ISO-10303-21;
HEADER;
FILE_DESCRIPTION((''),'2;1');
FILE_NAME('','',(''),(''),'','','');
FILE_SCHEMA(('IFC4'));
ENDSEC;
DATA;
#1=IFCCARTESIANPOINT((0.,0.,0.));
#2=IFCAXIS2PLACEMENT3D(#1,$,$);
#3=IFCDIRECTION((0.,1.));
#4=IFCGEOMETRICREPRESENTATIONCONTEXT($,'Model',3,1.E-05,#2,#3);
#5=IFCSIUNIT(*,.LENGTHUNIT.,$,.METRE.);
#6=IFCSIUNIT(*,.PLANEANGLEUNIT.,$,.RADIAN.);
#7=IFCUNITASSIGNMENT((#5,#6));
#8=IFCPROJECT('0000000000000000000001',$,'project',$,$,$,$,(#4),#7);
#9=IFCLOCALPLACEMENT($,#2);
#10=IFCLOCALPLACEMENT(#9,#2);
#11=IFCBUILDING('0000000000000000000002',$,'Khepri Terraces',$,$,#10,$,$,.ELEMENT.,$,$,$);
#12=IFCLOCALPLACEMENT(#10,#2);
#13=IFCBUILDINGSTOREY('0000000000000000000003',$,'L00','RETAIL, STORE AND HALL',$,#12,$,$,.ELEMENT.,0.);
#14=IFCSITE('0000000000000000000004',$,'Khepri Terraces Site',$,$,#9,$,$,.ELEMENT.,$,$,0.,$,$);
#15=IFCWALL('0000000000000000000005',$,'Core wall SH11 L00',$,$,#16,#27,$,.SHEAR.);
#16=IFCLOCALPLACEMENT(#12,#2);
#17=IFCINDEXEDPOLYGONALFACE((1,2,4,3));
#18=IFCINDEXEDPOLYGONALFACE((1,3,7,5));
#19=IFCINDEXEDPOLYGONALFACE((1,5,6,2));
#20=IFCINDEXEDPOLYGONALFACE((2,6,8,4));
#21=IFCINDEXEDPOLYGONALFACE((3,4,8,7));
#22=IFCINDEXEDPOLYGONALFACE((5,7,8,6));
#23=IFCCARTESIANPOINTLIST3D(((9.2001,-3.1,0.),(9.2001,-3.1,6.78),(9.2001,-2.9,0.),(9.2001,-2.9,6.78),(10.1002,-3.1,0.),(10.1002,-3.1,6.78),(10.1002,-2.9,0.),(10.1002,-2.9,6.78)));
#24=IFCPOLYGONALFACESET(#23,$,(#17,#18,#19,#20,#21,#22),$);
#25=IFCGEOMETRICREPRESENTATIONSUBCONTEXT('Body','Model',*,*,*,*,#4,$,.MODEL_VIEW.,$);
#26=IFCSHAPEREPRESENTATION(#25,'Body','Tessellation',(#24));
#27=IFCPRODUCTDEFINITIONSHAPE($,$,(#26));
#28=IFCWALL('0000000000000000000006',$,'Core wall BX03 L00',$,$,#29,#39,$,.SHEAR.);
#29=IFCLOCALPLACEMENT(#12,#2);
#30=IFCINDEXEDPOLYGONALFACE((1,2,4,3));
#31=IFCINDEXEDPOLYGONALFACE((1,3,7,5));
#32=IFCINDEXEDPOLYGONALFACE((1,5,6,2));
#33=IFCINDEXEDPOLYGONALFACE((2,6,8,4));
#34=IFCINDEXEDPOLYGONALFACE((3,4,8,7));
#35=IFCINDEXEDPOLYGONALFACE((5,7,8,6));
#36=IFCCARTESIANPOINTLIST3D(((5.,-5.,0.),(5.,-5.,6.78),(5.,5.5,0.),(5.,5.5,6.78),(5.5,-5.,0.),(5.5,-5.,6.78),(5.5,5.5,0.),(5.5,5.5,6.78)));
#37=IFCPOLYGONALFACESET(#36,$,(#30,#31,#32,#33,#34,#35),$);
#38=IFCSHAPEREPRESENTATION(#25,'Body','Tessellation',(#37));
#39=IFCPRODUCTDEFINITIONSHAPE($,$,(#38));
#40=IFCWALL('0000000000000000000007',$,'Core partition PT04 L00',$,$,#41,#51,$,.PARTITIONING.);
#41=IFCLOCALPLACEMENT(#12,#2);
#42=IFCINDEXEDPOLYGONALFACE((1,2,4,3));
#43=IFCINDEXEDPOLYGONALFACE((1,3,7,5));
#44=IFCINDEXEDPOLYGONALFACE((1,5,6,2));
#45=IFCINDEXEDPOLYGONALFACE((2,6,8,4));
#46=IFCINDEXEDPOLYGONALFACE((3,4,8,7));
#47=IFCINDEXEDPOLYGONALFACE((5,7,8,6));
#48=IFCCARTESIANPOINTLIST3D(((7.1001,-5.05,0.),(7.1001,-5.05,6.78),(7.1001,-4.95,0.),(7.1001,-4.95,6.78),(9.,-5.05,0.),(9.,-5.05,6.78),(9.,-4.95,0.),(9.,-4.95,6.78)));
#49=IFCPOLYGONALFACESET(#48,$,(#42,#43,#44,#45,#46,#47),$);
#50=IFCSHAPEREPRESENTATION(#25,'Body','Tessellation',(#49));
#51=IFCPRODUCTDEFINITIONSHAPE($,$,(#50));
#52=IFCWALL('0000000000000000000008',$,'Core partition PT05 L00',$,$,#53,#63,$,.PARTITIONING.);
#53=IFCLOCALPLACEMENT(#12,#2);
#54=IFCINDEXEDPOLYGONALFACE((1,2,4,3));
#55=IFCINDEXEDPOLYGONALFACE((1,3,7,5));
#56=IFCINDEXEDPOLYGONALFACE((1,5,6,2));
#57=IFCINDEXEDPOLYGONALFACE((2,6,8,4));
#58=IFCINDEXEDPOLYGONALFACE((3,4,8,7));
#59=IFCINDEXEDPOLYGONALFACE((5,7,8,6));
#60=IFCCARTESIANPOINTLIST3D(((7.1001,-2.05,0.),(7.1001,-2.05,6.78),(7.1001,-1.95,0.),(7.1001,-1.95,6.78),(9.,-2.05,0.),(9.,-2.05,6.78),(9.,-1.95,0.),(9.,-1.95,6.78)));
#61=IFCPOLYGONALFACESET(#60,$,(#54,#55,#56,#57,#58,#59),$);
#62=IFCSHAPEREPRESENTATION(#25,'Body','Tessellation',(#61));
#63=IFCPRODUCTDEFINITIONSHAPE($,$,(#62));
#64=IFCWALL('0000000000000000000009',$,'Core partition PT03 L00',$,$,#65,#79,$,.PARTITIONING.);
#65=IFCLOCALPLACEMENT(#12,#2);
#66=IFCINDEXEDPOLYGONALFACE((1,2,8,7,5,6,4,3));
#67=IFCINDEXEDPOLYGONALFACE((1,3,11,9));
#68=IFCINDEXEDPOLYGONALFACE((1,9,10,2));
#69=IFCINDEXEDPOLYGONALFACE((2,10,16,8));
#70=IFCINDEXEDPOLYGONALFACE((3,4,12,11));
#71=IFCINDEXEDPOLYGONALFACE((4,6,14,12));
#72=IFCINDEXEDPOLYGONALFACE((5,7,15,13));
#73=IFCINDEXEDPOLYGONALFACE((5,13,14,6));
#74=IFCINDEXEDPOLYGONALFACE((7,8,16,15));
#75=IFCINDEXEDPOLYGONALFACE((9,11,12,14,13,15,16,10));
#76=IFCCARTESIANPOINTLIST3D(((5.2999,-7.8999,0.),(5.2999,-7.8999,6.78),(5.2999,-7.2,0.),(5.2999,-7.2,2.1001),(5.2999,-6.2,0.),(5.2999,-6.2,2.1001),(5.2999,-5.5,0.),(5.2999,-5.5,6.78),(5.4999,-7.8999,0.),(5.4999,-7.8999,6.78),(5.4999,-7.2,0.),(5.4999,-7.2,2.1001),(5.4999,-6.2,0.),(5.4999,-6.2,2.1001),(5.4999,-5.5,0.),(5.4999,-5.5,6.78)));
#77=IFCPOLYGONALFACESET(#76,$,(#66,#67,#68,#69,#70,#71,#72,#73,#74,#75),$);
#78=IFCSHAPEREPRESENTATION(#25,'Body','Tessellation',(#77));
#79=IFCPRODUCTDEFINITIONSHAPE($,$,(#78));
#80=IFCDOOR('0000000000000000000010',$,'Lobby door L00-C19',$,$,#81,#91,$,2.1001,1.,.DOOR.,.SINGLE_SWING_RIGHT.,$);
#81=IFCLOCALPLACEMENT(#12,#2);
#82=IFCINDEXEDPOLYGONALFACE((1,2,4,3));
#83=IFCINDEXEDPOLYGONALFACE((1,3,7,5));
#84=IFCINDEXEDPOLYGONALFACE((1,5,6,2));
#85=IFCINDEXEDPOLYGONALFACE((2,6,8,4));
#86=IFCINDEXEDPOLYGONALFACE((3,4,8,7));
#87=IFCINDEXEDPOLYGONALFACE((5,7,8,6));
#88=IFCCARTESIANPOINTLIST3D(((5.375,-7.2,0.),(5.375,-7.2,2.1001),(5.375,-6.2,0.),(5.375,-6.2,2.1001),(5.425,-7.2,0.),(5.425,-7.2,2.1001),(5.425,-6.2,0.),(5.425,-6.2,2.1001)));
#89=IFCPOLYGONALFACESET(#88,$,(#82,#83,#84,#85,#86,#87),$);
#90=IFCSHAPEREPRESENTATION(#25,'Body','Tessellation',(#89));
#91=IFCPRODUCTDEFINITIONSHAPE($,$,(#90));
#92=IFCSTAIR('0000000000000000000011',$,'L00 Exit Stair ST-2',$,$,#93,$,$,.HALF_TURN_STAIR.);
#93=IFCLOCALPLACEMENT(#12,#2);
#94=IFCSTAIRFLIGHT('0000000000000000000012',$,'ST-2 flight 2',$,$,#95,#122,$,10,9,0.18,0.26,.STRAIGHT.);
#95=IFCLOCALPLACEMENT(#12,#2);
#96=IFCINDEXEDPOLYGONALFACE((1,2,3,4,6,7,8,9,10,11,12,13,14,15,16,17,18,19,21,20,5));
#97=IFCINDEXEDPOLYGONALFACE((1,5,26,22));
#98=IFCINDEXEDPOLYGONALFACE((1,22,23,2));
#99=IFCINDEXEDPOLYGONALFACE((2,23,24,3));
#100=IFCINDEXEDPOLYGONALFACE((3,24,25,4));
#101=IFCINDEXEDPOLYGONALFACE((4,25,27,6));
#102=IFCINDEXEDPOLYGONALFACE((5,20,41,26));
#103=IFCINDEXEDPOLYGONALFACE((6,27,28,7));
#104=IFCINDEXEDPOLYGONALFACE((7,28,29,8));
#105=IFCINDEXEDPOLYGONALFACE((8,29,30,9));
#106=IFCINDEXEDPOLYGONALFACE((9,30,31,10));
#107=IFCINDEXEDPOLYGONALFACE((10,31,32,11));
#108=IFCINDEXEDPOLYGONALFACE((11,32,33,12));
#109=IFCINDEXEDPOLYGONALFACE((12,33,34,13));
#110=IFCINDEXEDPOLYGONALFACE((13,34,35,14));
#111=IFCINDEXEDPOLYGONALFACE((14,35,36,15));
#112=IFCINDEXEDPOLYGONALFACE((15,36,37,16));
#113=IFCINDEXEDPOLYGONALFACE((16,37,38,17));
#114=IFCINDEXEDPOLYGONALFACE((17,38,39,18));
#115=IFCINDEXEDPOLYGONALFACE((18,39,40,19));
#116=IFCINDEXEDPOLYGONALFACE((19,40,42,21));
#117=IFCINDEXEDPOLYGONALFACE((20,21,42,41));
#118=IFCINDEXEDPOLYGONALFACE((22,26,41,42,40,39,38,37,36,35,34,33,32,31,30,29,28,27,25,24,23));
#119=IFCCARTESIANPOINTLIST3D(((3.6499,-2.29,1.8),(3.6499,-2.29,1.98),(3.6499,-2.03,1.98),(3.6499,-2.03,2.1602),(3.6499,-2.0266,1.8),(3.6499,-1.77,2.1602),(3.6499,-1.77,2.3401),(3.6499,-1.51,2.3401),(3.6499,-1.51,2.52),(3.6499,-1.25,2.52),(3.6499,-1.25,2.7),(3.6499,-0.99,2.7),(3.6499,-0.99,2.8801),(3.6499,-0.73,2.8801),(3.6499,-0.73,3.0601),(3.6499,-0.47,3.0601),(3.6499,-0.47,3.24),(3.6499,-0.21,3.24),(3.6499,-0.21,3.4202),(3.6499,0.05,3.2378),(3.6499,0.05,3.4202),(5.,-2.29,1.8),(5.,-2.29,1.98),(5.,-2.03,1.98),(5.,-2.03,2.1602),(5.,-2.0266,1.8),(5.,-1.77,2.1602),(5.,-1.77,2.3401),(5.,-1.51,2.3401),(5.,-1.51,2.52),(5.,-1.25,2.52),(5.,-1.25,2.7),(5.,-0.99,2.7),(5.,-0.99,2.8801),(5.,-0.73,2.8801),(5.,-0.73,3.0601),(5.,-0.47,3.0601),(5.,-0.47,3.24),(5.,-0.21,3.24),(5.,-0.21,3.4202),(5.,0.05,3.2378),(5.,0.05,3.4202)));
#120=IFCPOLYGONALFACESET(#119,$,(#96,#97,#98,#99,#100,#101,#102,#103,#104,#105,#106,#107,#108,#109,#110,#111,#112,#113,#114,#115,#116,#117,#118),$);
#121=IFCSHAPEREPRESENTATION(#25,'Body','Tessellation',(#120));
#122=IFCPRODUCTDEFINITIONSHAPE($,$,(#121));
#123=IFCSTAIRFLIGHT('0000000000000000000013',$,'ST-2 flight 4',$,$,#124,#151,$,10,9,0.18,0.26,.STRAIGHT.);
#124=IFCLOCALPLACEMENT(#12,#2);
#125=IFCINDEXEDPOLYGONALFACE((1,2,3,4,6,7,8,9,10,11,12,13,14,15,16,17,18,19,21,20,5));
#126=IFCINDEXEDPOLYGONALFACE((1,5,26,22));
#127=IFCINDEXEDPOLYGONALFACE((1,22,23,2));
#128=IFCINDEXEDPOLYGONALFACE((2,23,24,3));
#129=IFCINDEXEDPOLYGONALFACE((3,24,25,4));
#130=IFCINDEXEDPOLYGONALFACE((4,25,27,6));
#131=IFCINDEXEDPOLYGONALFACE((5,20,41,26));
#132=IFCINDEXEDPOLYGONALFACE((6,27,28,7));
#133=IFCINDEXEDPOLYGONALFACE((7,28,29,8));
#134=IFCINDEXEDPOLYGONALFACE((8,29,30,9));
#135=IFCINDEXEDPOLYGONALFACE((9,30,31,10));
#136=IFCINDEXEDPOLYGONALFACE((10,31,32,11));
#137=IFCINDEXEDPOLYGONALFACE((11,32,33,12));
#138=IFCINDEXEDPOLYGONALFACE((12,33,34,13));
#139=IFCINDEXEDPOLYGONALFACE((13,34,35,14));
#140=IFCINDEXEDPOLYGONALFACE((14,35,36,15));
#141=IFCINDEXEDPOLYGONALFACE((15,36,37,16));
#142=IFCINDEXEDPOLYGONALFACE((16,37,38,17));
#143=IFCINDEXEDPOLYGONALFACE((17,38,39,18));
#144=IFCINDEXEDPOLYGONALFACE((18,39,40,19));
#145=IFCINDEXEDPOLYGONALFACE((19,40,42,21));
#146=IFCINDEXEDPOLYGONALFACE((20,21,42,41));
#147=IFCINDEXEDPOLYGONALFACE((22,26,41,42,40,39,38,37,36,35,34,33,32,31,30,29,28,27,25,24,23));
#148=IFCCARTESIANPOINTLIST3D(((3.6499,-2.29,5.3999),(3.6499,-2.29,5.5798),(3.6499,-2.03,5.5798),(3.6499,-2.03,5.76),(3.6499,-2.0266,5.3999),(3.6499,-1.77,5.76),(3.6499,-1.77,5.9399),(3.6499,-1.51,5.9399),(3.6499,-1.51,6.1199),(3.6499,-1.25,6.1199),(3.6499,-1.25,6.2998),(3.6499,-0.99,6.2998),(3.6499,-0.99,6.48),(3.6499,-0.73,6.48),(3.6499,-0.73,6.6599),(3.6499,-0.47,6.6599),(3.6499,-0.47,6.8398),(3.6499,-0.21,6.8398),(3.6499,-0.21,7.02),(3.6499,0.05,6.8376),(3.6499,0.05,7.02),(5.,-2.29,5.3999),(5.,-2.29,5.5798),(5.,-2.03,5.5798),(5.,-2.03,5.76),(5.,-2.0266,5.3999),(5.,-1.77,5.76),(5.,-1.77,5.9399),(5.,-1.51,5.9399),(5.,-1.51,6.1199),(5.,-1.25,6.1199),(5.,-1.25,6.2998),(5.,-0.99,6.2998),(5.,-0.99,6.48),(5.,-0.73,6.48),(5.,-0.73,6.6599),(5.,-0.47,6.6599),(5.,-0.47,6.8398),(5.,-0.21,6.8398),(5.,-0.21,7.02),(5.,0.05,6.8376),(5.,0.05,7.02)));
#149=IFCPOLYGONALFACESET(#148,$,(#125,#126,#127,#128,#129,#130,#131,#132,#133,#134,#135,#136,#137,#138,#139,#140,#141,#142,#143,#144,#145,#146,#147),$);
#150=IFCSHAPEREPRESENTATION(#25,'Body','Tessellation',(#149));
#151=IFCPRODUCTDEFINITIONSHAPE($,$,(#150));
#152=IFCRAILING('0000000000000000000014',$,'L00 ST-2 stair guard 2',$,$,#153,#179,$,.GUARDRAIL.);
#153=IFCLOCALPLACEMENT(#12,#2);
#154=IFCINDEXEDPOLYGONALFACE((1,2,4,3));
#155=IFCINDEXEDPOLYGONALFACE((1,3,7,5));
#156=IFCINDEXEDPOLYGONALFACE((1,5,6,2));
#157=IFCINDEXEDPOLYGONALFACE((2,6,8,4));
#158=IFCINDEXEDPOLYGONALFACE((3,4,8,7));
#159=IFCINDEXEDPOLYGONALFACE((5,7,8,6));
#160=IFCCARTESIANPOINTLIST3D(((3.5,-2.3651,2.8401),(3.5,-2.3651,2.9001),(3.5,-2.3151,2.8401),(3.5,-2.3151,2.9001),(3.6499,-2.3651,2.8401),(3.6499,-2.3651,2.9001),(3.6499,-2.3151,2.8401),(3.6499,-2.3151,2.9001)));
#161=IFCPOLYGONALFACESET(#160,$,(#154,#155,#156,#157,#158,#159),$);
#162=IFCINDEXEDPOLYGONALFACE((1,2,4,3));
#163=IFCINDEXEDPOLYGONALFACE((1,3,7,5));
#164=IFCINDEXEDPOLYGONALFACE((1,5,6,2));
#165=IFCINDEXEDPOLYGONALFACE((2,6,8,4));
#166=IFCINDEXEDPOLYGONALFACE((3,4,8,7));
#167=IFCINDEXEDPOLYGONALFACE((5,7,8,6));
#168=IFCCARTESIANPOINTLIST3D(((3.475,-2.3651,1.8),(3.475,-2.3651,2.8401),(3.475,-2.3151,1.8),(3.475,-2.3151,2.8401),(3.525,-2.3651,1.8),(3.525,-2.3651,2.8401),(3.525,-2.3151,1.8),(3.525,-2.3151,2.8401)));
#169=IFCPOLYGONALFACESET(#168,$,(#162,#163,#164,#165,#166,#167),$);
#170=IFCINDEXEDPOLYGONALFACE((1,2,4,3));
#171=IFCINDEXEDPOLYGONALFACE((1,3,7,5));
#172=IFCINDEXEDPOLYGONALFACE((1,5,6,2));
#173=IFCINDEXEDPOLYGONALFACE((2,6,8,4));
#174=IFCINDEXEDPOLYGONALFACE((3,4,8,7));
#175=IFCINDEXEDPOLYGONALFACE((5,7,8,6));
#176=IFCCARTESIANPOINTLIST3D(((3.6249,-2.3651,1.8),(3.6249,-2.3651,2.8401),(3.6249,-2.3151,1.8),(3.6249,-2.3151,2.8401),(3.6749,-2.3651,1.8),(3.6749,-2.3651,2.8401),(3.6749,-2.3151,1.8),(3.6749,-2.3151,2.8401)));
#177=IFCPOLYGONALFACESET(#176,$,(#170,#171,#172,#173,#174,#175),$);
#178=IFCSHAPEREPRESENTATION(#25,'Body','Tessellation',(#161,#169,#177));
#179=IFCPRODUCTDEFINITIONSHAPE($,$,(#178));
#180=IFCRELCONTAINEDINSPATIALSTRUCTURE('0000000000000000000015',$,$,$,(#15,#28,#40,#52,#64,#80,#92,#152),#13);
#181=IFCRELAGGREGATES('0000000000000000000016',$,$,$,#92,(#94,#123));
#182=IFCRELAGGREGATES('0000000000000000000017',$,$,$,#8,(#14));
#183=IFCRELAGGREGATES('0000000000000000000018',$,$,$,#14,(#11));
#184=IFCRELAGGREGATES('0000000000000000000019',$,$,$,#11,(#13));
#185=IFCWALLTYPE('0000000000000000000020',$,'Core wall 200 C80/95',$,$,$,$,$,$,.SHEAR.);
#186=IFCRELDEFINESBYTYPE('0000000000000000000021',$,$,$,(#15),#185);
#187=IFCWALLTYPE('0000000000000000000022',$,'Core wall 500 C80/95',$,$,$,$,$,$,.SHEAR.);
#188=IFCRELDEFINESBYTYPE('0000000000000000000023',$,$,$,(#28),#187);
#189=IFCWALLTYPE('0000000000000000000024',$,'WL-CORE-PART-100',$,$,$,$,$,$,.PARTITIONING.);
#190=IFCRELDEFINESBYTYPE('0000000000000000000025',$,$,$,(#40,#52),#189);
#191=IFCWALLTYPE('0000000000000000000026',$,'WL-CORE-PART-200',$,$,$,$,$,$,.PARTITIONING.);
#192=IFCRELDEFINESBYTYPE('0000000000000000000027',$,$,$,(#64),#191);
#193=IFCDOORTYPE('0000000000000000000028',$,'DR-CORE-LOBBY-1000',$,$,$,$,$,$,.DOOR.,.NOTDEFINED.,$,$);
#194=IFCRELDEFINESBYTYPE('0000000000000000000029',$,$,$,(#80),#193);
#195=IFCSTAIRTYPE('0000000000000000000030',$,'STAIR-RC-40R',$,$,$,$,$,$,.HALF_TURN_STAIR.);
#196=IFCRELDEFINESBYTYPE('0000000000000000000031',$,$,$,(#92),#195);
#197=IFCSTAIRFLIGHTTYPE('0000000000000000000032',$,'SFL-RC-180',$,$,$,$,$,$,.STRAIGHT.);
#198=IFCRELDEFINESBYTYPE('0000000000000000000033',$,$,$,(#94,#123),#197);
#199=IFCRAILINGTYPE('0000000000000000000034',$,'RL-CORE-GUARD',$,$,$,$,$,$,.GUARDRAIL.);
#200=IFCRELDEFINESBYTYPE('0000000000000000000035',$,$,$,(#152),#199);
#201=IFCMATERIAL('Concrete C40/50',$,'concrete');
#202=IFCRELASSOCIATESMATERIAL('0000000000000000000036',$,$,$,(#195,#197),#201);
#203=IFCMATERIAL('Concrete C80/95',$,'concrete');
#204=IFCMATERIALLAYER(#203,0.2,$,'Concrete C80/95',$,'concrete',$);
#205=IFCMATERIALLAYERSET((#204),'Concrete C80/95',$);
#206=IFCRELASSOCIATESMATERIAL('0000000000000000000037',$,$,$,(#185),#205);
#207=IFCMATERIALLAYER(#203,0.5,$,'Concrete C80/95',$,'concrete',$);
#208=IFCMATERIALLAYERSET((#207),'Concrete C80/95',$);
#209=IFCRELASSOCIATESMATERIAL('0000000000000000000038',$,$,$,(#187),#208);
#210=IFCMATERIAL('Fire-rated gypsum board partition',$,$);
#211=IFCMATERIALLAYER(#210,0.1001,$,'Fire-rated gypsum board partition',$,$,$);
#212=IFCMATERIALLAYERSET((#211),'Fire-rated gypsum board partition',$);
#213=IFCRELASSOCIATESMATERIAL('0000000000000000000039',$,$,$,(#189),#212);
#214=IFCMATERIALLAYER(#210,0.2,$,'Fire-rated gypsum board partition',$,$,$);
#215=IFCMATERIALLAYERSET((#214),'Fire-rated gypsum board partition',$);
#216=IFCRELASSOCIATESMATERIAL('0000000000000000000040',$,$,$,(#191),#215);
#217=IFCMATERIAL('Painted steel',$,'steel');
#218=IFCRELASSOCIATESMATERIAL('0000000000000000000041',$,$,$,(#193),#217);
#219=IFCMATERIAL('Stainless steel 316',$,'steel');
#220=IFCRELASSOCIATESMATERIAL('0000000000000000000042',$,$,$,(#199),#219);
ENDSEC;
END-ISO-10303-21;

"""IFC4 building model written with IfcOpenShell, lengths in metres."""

from ifc_helpers import new_model, si_unit, direction, frame, frame_2d, origin, origin_2d, place, context, subcontext, project, spatial, polyline, rectangle, outline, extrude, material, layer, layer_set, type_object, element, fill, aggregate, save


model = new_model("IFC4")

# Units and contexts
model_context = context("Model", 3, precision=1e-05, world=origin(), true_north=direction((0.0, 1.0)))
body_context = subcontext(model_context, "Body", "Model", "MODEL_VIEW")
ifc_project = project(units=[si_unit("LENGTHUNIT", "METRE"), si_unit("PLANEANGLEUNIT", "RADIAN")], contexts=[model_context])

# Site, building, storey
site_placement = place(None, origin())
site = spatial("IfcSite", under=ifc_project, at=site_placement, Name="Khepri Terraces Site", CompositionType="ELEMENT", RefElevation=0.0)
building_placement = place(site_placement, origin())
building = spatial("IfcBuilding", under=site, at=building_placement, Name="Khepri Terraces", CompositionType="ELEMENT")
storey_placement = place(building_placement, origin())
storey = spatial("IfcBuildingStorey", under=building, at=storey_placement, Name="L00", Description="RETAIL, STORE AND HALL", CompositionType="ELEMENT", Elevation=0.0)

# Shared definitions
ifc_material_1 = material(Name="Concrete C40/50", Category="concrete")

# Shared definitions
stair_type = type_object("IfcStairType", Name="STAIR-RC-40R", PredefinedType="HALF_TURN_STAIR", material=ifc_material_1)

# Shared definitions
ifc_material_2 = material(Name="Concrete C80/95", Category="concrete")
ifc_layer_1 = layer(ifc_material_2, 0.2, Name="Concrete C80/95", Category="concrete")
ifc_layer_set_1 = layer_set([ifc_layer_1], Name="Concrete C80/95")
wall_type_1 = type_object("IfcWallType", Name="Core wall 200 C80/95", PredefinedType="SHEAR", material=ifc_layer_set_1)
ifc_material_3 = material(Name="Painted steel", Category="steel")

# Walls
wall_1_placement = place(storey_placement, frame((9.2, -3.0, 0.0), z_axis=(0.0, 0.0, 1.0), x_axis=(1.0, 0.0, 0.0)))
element("IfcWall", 1, at=wall_1_placement, inside=storey, type_object=wall_type_1, Name="Core wall SH11 L00", PredefinedType="SHEAR", context=body_context, shape_type="SweptSolid", body=[
    extrude(rectangle(XDim=0.9001, YDim=0.2, at=frame_2d((0.4502, 0.0))), origin(), (0.0, 0.0, 1.0), 6.78),
])
ifc_layer_2 = layer(ifc_material_2, 0.5, Name="Concrete C80/95", Category="concrete")
ifc_layer_set_2 = layer_set([ifc_layer_2], Name="Concrete C80/95")
wall_type_2 = type_object("IfcWallType", Name="Core wall 500 C80/95", PredefinedType="SHEAR", material=ifc_layer_set_2)
wall_2_placement = place(storey_placement, frame((5.25, -5.0, 0.0), z_axis=(0.0, 0.0, 1.0), x_axis=(0.0, 1.0, 0.0)))
element("IfcWall", 2, at=wall_2_placement, inside=storey, type_object=wall_type_2, Name="Core wall BX03 L00", PredefinedType="SHEAR", context=body_context, shape_type="SweptSolid", body=[
    extrude(rectangle(XDim=10.5, YDim=0.5, at=frame_2d((5.25, 0.0))), origin(), (0.0, 0.0, 1.0), 6.78),
])
ifc_material_4 = material(Name="Fire-rated gypsum board partition")
ifc_layer_3 = layer(ifc_material_4, 0.1001, Name="Fire-rated gypsum board partition")
ifc_layer_set_3 = layer_set([ifc_layer_3], Name="Fire-rated gypsum board partition")
wall_type_3 = type_object("IfcWallType", Name="WL-CORE-PART-100", PredefinedType="PARTITIONING", material=ifc_layer_set_3)
for number, where, z_axis, x_axis, name in (
    (3, (7.1001, -5.0, 0.0), (0.0, 0.0, 1.0), (1.0, 0.0, 0.0), "Core partition PT04 L00"),
    (4, (7.1001, -2.0, 0.0), (0.0, 0.0, 1.0), (1.0, 0.0, 0.0), "Core partition PT05 L00"),
):
    element("IfcWall", number, at=place(storey_placement, frame(where, z_axis=z_axis, x_axis=x_axis)), inside=storey, type_object=wall_type_3, Name=name, PredefinedType="PARTITIONING", context=body_context, shape_type="SweptSolid", body=[
        extrude(rectangle(XDim=1.8999, YDim=0.1001, at=frame_2d((0.95, 0.0))), origin(), (0.0, 0.0, 1.0), 6.78),
    ])

# Wall, opening, door
ifc_layer_4 = layer(ifc_material_4, 0.2, Name="Fire-rated gypsum board partition")
ifc_layer_set_4 = layer_set([ifc_layer_4], Name="Fire-rated gypsum board partition")
wall_type_4 = type_object("IfcWallType", Name="WL-CORE-PART-200", PredefinedType="PARTITIONING", material=ifc_layer_set_4)
wall_3_placement = place(storey_placement, frame((5.3999, -7.8999, 0.0), z_axis=(0.0, 0.0, 1.0), x_axis=(0.0, 1.0, 0.0)))
wall_3 = element("IfcWall", 5, at=wall_3_placement, inside=storey, type_object=wall_type_4, Name="Core partition PT03 L00", PredefinedType="PARTITIONING", context=body_context, shape_type="SweptSolid", body=[
    extrude(rectangle(XDim=2.3999, YDim=0.2, at=frame_2d((1.2, 0.0))), origin(), (0.0, 0.0, 1.0), 6.78),
])
opening_1_placement = place(wall_3_placement, frame((0.7, 0.0, 0.0)))
opening_1 = element("IfcOpeningElement", 6, at=opening_1_placement, cuts=wall_3, PredefinedType="OPENING", context=body_context, shape_type="SweptSolid", body=[
    extrude(rectangle(XDim=1.0, YDim=2.1001, at=frame_2d((0.5, 1.05))), frame((0.0, 0.1099, 0.0), z_axis=(0.0, -1.0, 0.0), x_axis=(1.0, 0.0, 0.0)), (0.0, 0.0, 1.0), 0.22),
])
door_type_1 = type_object("IfcDoorType", Name="DR-CORE-LOBBY-1000", OperationType="NOTDEFINED", PredefinedType="DOOR", material=ifc_material_3)
door_1_placement = place(opening_1_placement, origin())
door_1 = element("IfcDoor", 7, at=door_1_placement, inside=storey, type_object=door_type_1, Name="Lobby door L00-C19", OperationType="SINGLE_SWING_RIGHT", OverallHeight=2.1001, OverallWidth=1.0, PredefinedType="DOOR", context=body_context, shape_type="SweptSolid", body=[
    extrude(rectangle(XDim=1.0, YDim=2.1001, at=frame_2d((0.5, 1.05))), frame((0.0, 0.0249, 0.0), z_axis=(0.0, -1.0, 0.0), x_axis=(1.0, 0.0, 0.0)), (0.0, 0.0, 1.0), 0.05),
])
fill(opening_1, door_1)

# Stair, stair flights
stair_1_placement = place(storey_placement, origin())
stair_1 = element("IfcStair", 8, at=stair_1_placement, inside=storey, type_object=stair_type, Name="L00 Exit Stair ST-2", PredefinedType="HALF_TURN_STAIR")
stair_flight_type = type_object("IfcStairFlightType", Name="SFL-RC-180", PredefinedType="STRAIGHT", material=ifc_material_1)
stair_flight_1_placement = place(storey_placement, frame((4.325, -2.29, 1.8), z_axis=(0.0, 0.0, 1.0), x_axis=(0.0, 1.0, 0.0)))
stair_flight_1 = element("IfcStairFlight", 9, at=stair_flight_1_placement, type_object=stair_flight_type, Name="ST-2 flight 2", NumberOfRisers=10, NumberOfTreads=9, PredefinedType="STRAIGHT", RiserHeight=0.18, TreadLength=0.26, context=body_context, shape_type="SweptSolid", body=[
    extrude(outline(polyline([(0.0, 0.0), (0.0, 0.1799), (0.26, 0.1799), (0.26, 0.3601), (0.52, 0.3601), (0.52, 0.54), (0.78, 0.54), (0.78, 0.72), (1.04, 0.72), (1.04, 0.8999), (1.3, 0.8999), (1.3, 1.0801), (1.5601, 1.0801), (1.5601, 1.26), (1.8201, 1.26), (1.8201, 1.4399), (2.0801, 1.4399), (2.0801, 1.6201), (2.3401, 1.6201), (2.3401, 1.8), (2.3401, 1.4377), (0.2634, 0.0), (0.0, 0.0)])), frame((0.0, 0.675, 0.0), z_axis=(0.0, -1.0, 0.0), x_axis=(1.0, 0.0, 0.0)), (0.0, 0.0, 1.0), 1.3501),
])
stair_flight_2_placement = place(storey_placement, frame((4.325, -2.29, 5.3999), z_axis=(0.0, 0.0, 1.0), x_axis=(0.0, 1.0, 0.0)))
stair_flight_2 = element("IfcStairFlight", 10, at=stair_flight_2_placement, type_object=stair_flight_type, Name="ST-2 flight 4", NumberOfRisers=10, NumberOfTreads=9, PredefinedType="STRAIGHT", RiserHeight=0.18, TreadLength=0.26, context=body_context, shape_type="SweptSolid", body=[
    extrude(outline(polyline([(0.0, 0.0), (0.0, 0.1799), (0.26, 0.1799), (0.26, 0.3601), (0.52, 0.3601), (0.52, 0.54), (0.78, 0.54), (0.78, 0.72), (1.04, 0.72), (1.04, 0.8999), (1.3, 0.8999), (1.3, 1.0801), (1.5601, 1.0801), (1.5601, 1.26), (1.8201, 1.26), (1.8201, 1.4399), (2.0801, 1.4399), (2.0801, 1.6201), (2.3401, 1.6201), (2.3401, 1.8), (2.3401, 1.4377), (0.2634, 0.0), (0.0, 0.0)])), frame((0.0, 0.675, 0.0), z_axis=(0.0, -1.0, 0.0), x_axis=(1.0, 0.0, 0.0)), (0.0, 0.0, 1.0), 1.3501),
])
aggregate(stair_1, [stair_flight_1, stair_flight_2])

# Railing
ifc_material_5 = material(Name="Stainless steel 316", Category="steel")
railing_type_1 = type_object("IfcRailingType", Name="RL-CORE-GUARD", PredefinedType="GUARDRAIL", material=ifc_material_5)
railing_1_placement = place(storey_placement, frame((3.5, -2.3401, 1.8)))
element("IfcRailing", 11, at=railing_1_placement, inside=storey, type_object=railing_type_1, Name="L00 ST-2 stair guard 2", PredefinedType="GUARDRAIL", context=body_context, shape_type="SweptSolid", body=[
    extrude(rectangle(XDim=0.05, YDim=0.0601, at=origin_2d()), frame((0.0, 0.0, 1.0701), z_axis=(1.0, 0.0, 0.0), x_axis=(0.0, 1.0, 0.0)), (0.0, 0.0, 1.0), 0.1499),
    extrude(rectangle(XDim=0.05, YDim=0.05, at=origin_2d()), origin(), (0.0, 0.0, 1.0), 1.04),
    extrude(rectangle(XDim=0.05, YDim=0.05, at=origin_2d()), frame((0.1499, 0.0, 0.0)), (0.0, 0.0, 1.0), 1.04),
])

save(model, "model.ifc")
